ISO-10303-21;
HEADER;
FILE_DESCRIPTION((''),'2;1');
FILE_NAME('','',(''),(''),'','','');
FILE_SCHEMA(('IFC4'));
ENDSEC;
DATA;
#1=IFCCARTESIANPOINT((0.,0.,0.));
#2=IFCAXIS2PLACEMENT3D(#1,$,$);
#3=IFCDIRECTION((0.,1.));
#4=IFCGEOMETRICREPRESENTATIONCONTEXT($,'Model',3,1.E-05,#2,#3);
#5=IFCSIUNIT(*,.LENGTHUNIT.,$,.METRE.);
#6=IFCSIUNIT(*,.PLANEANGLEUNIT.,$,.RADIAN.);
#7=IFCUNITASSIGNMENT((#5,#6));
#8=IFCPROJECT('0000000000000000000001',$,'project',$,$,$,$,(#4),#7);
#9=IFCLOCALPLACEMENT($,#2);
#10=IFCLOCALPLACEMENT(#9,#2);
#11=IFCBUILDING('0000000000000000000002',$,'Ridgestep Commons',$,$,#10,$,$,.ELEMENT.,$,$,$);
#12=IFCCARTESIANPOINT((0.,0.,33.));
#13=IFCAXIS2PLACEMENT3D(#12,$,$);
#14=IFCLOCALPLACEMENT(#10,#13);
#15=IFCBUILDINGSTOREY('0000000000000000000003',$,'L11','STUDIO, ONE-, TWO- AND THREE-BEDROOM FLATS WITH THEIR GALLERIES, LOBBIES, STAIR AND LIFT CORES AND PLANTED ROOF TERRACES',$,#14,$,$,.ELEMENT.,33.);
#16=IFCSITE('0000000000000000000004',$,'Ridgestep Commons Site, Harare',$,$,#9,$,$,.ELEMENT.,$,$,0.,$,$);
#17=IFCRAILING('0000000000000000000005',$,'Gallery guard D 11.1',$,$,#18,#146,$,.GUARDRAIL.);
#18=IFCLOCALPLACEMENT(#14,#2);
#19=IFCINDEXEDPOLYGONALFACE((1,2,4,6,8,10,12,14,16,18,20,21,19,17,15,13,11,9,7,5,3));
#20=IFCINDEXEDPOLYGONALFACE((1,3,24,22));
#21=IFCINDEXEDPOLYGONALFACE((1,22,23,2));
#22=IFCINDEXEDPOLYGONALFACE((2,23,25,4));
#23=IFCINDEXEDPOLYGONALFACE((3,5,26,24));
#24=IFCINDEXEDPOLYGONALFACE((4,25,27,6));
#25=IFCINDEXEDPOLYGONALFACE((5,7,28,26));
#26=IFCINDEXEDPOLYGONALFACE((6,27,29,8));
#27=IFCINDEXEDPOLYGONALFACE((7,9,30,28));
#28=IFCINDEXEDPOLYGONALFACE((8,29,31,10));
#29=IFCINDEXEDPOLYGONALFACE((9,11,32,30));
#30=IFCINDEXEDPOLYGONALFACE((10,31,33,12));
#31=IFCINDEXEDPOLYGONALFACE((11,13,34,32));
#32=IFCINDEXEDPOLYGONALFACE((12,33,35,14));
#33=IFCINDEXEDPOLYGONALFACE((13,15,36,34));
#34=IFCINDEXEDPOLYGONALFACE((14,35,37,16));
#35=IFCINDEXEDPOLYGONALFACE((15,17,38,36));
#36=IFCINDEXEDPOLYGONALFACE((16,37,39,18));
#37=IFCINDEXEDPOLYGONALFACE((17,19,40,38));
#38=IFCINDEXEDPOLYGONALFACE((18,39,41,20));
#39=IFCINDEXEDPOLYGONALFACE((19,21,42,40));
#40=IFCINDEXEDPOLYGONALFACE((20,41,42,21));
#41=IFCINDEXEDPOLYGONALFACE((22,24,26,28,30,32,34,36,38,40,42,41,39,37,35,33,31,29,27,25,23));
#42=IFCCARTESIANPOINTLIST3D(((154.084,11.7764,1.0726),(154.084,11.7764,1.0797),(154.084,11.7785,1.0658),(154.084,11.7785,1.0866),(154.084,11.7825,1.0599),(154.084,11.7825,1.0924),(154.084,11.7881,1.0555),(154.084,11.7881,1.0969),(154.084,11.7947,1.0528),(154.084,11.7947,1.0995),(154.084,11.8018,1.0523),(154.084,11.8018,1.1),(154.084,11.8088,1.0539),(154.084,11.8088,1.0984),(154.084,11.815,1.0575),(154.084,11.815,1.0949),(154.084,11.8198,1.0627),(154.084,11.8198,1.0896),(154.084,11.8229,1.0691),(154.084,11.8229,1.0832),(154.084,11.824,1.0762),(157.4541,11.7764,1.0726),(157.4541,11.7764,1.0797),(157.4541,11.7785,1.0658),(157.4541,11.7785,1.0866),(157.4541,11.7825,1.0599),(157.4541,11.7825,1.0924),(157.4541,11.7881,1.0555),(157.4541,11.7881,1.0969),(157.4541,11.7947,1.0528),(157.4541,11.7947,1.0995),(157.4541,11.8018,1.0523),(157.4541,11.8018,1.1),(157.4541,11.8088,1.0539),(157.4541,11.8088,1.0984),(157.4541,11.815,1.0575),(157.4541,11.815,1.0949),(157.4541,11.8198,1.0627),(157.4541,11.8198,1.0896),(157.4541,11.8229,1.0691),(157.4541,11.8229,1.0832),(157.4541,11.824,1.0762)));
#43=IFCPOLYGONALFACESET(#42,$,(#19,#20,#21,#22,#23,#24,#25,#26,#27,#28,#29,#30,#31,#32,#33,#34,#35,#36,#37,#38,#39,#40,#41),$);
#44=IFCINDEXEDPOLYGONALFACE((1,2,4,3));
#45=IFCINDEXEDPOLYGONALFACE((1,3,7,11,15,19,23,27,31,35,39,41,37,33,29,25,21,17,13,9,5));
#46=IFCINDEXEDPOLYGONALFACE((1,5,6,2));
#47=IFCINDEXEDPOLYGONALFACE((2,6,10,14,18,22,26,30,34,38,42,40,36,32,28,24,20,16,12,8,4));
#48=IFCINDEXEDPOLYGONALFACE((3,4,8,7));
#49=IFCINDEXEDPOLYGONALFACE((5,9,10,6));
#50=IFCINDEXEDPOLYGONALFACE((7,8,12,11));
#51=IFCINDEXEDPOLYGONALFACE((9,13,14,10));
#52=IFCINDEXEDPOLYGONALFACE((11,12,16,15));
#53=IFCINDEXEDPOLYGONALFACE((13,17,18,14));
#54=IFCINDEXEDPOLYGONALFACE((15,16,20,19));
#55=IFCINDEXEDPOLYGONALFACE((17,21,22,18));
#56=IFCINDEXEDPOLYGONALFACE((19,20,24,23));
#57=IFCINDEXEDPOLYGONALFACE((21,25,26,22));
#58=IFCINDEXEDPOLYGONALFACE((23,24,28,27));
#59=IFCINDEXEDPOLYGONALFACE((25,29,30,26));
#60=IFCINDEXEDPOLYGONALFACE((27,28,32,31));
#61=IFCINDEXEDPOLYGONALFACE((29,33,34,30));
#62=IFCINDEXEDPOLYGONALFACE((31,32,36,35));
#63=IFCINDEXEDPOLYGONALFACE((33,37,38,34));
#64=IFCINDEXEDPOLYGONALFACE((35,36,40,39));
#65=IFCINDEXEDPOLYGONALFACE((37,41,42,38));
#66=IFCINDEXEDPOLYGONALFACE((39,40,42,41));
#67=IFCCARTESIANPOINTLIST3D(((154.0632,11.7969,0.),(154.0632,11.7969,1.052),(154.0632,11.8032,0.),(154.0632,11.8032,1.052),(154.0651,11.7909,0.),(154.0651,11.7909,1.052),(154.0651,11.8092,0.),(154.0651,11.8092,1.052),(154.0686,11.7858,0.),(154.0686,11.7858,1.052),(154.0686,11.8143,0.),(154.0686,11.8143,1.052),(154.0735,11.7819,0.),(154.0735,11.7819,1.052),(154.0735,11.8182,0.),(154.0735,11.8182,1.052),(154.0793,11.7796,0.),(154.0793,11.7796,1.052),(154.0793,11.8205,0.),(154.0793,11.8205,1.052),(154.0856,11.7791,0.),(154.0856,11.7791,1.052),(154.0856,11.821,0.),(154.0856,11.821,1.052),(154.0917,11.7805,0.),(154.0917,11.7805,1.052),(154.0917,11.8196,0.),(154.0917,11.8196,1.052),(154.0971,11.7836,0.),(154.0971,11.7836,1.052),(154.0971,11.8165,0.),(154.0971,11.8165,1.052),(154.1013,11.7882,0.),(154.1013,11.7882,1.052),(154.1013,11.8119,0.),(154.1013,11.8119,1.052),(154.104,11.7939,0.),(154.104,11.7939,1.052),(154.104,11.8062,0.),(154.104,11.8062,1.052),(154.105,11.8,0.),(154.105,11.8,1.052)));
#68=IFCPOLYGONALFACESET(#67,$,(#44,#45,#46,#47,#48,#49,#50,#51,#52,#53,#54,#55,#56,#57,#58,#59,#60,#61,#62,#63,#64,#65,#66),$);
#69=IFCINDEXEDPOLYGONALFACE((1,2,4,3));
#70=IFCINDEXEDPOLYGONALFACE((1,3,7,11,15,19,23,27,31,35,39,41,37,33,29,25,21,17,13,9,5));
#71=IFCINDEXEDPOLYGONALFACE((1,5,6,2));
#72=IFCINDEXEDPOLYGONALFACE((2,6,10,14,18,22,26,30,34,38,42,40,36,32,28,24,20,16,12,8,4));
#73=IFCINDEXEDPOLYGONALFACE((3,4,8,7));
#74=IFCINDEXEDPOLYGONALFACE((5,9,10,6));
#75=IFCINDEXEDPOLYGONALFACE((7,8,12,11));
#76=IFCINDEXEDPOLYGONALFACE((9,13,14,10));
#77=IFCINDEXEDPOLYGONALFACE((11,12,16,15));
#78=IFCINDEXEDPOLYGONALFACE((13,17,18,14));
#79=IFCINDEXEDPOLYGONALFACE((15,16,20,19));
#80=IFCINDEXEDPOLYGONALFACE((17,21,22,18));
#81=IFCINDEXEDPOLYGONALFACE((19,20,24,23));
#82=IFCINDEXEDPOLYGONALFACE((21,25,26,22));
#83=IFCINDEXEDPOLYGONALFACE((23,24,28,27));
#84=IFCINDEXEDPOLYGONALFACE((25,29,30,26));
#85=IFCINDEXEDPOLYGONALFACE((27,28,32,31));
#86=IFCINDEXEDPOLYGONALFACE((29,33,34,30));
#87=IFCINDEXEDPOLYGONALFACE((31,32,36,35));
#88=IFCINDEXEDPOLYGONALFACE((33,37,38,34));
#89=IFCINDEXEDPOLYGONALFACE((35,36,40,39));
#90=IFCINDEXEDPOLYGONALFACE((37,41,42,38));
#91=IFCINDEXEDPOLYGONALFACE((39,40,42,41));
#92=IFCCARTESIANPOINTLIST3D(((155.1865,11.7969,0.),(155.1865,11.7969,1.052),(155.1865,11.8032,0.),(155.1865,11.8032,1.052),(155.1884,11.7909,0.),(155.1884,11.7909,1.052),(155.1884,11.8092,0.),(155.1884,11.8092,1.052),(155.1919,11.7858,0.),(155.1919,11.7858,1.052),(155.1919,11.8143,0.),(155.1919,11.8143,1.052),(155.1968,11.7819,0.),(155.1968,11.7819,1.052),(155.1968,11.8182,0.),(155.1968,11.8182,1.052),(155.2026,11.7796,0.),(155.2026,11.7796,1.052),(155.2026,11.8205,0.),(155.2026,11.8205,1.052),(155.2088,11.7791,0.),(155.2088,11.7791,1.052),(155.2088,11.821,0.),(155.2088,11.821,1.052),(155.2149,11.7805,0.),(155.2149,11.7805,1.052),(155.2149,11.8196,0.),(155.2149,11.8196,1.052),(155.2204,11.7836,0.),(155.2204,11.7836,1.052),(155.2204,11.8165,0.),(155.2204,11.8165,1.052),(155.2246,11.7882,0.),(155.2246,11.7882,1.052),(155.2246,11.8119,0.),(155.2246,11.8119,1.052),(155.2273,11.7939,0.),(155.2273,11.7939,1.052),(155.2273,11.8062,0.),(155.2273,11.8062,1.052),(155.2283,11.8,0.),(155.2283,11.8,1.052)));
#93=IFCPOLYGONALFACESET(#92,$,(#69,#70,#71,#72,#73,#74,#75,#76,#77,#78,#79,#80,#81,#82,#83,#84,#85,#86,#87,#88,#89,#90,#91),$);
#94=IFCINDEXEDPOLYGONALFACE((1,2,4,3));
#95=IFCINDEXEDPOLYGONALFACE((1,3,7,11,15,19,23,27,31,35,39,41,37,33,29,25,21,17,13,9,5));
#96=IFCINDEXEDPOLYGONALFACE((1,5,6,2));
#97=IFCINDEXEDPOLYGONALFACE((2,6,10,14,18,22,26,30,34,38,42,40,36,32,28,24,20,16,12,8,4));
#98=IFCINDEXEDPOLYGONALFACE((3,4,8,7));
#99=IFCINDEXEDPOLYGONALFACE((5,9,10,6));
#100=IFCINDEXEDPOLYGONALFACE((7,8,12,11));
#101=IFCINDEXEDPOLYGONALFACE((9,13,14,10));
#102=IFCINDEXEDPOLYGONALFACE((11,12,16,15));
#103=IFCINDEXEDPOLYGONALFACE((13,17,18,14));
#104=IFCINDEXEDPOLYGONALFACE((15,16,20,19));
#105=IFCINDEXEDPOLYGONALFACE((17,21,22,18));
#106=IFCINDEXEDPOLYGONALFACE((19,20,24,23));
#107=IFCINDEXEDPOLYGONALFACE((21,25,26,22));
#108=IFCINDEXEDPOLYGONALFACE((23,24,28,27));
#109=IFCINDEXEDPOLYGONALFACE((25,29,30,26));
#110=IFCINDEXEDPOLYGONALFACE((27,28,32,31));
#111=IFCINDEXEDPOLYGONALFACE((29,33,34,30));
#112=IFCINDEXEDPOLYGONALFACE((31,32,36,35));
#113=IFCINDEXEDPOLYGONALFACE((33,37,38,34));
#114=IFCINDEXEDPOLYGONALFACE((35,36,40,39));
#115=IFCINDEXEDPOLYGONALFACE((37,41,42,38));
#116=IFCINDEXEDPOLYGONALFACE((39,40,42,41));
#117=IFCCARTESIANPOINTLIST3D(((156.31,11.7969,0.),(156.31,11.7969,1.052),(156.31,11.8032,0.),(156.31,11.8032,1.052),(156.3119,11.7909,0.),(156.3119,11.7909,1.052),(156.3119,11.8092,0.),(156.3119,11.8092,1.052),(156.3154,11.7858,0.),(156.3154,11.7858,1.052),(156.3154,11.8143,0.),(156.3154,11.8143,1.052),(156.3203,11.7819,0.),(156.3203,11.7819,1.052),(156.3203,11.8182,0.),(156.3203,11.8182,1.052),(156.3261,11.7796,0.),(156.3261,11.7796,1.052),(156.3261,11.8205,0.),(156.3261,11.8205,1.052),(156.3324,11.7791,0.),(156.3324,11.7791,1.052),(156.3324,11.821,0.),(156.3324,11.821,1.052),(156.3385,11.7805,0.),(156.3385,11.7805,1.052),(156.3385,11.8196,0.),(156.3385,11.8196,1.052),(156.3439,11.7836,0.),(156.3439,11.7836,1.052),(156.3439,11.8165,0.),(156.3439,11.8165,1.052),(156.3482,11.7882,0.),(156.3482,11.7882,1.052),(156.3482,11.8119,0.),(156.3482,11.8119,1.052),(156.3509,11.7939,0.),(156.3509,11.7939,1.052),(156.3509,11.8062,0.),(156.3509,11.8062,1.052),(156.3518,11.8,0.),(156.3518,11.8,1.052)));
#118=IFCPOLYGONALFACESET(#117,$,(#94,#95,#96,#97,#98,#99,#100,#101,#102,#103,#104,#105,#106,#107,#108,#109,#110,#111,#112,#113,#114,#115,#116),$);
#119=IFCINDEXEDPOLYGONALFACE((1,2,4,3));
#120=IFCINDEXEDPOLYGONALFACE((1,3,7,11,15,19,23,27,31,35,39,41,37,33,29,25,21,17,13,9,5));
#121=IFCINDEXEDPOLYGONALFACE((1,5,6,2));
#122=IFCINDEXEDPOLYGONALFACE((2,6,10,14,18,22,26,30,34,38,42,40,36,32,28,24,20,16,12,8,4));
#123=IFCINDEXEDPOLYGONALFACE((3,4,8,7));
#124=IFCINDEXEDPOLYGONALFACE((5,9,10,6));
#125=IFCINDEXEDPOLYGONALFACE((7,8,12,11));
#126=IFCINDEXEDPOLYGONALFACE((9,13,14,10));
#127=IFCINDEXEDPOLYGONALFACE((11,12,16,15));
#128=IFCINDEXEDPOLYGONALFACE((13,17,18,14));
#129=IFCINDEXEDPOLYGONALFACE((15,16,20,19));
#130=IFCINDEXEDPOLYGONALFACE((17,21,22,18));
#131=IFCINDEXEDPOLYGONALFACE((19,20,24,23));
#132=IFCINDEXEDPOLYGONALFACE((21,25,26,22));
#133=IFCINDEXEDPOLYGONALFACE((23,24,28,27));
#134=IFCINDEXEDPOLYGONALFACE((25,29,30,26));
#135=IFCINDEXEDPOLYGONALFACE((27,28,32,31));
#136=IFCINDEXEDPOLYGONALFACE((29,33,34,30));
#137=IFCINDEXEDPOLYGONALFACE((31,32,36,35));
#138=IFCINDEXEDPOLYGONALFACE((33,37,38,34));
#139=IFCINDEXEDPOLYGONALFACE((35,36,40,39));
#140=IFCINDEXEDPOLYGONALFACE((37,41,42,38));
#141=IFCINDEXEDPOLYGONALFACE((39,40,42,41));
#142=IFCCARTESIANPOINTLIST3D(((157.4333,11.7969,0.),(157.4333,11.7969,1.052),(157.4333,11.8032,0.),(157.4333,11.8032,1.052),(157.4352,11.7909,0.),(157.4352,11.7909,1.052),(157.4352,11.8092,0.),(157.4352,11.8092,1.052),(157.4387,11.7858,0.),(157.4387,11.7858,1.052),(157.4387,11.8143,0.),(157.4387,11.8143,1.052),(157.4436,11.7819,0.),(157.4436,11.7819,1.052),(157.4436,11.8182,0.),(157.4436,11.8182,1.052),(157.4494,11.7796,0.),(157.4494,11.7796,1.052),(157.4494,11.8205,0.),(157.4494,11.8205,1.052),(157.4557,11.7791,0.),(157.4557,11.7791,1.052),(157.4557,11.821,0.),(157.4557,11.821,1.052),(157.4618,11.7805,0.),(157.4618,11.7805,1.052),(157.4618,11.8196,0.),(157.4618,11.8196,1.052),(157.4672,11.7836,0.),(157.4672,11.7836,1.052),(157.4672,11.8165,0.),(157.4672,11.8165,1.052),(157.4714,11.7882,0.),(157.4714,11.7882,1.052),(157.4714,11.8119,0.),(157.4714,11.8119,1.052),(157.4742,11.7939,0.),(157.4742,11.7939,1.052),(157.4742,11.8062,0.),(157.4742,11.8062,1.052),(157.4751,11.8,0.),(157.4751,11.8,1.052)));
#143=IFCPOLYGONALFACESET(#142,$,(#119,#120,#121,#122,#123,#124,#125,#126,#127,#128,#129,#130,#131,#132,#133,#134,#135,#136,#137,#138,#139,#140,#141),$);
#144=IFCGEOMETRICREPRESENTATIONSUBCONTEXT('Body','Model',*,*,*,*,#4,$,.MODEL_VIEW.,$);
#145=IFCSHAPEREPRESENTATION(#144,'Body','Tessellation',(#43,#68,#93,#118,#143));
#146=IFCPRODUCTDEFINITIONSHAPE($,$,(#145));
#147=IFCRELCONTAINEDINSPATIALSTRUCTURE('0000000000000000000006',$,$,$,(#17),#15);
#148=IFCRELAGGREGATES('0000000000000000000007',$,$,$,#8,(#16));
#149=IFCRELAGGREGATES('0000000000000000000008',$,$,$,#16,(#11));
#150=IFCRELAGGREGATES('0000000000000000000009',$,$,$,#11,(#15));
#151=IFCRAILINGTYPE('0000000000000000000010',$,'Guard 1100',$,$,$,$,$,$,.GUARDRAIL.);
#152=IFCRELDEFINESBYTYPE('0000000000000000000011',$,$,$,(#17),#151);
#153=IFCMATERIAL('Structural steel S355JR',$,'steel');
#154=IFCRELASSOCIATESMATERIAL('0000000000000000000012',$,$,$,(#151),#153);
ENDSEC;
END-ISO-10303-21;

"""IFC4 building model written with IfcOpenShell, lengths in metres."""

from ifc_helpers import new_model, si_unit, direction, frame, origin, origin_2d, place, context, subcontext, project, spatial, circle, extrude, material, type_object, element, save


model = new_model("IFC4")

# Units and contexts
model_context = context("Model", 3, precision=1e-05, world=origin(), true_north=direction((0.0, 1.0)))
body_context = subcontext(model_context, "Body", "Model", "MODEL_VIEW")
ifc_project = project(units=[si_unit("LENGTHUNIT", "METRE"), si_unit("PLANEANGLEUNIT", "RADIAN")], contexts=[model_context])

# Site, building, storey
site_placement = place(None, origin())
site = spatial("IfcSite", under=ifc_project, at=site_placement, Name="Ridgestep Commons Site, Harare", CompositionType="ELEMENT", RefElevation=0.0)
building_placement = place(site_placement, origin())
building = spatial("IfcBuilding", under=site, at=building_placement, Name="Ridgestep Commons", CompositionType="ELEMENT")
storey_placement = place(building_placement, frame((0.0, 0.0, 33.0)))
storey = spatial("IfcBuildingStorey", under=building, at=storey_placement, Name="L11", Description="STUDIO, ONE-, TWO- AND THREE-BEDROOM FLATS WITH THEIR GALLERIES, LOBBIES, STAIR AND LIFT CORES AND PLANTED ROOF TERRACES", CompositionType="ELEMENT", Elevation=33.0)

# Railing
ifc_material_1 = material(Name="Structural steel S355JR", Category="steel")
railing_type = type_object("IfcRailingType", Name="Guard 1100", PredefinedType="GUARDRAIL", material=ifc_material_1)
railing_1_placement = place(storey_placement, frame((154.084, 11.8, 0.0)))
element("IfcRailing", 1, at=railing_1_placement, inside=storey, type_object=railing_type, Name="Gallery guard D 11.1", PredefinedType="GUARDRAIL", context=body_context, shape_type="SweptSolid", body=[
    extrude(circle(Radius=0.0239, at=origin_2d()), frame((0.0, 0.0, 1.0762), z_axis=(1.0, 0.0, 0.0), x_axis=(0.0, 1.0, 0.0)), (0.0, 0.0, 1.0), 3.3701),
    extrude(circle(Radius=0.021, at=origin_2d()), origin(), (0.0, 0.0, 1.0), 1.052),
    extrude(circle(Radius=0.021, at=origin_2d()), frame((1.1233, 0.0, 0.0)), (0.0, 0.0, 1.0), 1.052),
    extrude(circle(Radius=0.021, at=origin_2d()), frame((2.2468, 0.0, 0.0)), (0.0, 0.0, 1.0), 1.052),
    extrude(circle(Radius=0.021, at=origin_2d()), frame((3.3701, 0.0, 0.0)), (0.0, 0.0, 1.0), 1.052),
])

save(model, "model.ifc")
